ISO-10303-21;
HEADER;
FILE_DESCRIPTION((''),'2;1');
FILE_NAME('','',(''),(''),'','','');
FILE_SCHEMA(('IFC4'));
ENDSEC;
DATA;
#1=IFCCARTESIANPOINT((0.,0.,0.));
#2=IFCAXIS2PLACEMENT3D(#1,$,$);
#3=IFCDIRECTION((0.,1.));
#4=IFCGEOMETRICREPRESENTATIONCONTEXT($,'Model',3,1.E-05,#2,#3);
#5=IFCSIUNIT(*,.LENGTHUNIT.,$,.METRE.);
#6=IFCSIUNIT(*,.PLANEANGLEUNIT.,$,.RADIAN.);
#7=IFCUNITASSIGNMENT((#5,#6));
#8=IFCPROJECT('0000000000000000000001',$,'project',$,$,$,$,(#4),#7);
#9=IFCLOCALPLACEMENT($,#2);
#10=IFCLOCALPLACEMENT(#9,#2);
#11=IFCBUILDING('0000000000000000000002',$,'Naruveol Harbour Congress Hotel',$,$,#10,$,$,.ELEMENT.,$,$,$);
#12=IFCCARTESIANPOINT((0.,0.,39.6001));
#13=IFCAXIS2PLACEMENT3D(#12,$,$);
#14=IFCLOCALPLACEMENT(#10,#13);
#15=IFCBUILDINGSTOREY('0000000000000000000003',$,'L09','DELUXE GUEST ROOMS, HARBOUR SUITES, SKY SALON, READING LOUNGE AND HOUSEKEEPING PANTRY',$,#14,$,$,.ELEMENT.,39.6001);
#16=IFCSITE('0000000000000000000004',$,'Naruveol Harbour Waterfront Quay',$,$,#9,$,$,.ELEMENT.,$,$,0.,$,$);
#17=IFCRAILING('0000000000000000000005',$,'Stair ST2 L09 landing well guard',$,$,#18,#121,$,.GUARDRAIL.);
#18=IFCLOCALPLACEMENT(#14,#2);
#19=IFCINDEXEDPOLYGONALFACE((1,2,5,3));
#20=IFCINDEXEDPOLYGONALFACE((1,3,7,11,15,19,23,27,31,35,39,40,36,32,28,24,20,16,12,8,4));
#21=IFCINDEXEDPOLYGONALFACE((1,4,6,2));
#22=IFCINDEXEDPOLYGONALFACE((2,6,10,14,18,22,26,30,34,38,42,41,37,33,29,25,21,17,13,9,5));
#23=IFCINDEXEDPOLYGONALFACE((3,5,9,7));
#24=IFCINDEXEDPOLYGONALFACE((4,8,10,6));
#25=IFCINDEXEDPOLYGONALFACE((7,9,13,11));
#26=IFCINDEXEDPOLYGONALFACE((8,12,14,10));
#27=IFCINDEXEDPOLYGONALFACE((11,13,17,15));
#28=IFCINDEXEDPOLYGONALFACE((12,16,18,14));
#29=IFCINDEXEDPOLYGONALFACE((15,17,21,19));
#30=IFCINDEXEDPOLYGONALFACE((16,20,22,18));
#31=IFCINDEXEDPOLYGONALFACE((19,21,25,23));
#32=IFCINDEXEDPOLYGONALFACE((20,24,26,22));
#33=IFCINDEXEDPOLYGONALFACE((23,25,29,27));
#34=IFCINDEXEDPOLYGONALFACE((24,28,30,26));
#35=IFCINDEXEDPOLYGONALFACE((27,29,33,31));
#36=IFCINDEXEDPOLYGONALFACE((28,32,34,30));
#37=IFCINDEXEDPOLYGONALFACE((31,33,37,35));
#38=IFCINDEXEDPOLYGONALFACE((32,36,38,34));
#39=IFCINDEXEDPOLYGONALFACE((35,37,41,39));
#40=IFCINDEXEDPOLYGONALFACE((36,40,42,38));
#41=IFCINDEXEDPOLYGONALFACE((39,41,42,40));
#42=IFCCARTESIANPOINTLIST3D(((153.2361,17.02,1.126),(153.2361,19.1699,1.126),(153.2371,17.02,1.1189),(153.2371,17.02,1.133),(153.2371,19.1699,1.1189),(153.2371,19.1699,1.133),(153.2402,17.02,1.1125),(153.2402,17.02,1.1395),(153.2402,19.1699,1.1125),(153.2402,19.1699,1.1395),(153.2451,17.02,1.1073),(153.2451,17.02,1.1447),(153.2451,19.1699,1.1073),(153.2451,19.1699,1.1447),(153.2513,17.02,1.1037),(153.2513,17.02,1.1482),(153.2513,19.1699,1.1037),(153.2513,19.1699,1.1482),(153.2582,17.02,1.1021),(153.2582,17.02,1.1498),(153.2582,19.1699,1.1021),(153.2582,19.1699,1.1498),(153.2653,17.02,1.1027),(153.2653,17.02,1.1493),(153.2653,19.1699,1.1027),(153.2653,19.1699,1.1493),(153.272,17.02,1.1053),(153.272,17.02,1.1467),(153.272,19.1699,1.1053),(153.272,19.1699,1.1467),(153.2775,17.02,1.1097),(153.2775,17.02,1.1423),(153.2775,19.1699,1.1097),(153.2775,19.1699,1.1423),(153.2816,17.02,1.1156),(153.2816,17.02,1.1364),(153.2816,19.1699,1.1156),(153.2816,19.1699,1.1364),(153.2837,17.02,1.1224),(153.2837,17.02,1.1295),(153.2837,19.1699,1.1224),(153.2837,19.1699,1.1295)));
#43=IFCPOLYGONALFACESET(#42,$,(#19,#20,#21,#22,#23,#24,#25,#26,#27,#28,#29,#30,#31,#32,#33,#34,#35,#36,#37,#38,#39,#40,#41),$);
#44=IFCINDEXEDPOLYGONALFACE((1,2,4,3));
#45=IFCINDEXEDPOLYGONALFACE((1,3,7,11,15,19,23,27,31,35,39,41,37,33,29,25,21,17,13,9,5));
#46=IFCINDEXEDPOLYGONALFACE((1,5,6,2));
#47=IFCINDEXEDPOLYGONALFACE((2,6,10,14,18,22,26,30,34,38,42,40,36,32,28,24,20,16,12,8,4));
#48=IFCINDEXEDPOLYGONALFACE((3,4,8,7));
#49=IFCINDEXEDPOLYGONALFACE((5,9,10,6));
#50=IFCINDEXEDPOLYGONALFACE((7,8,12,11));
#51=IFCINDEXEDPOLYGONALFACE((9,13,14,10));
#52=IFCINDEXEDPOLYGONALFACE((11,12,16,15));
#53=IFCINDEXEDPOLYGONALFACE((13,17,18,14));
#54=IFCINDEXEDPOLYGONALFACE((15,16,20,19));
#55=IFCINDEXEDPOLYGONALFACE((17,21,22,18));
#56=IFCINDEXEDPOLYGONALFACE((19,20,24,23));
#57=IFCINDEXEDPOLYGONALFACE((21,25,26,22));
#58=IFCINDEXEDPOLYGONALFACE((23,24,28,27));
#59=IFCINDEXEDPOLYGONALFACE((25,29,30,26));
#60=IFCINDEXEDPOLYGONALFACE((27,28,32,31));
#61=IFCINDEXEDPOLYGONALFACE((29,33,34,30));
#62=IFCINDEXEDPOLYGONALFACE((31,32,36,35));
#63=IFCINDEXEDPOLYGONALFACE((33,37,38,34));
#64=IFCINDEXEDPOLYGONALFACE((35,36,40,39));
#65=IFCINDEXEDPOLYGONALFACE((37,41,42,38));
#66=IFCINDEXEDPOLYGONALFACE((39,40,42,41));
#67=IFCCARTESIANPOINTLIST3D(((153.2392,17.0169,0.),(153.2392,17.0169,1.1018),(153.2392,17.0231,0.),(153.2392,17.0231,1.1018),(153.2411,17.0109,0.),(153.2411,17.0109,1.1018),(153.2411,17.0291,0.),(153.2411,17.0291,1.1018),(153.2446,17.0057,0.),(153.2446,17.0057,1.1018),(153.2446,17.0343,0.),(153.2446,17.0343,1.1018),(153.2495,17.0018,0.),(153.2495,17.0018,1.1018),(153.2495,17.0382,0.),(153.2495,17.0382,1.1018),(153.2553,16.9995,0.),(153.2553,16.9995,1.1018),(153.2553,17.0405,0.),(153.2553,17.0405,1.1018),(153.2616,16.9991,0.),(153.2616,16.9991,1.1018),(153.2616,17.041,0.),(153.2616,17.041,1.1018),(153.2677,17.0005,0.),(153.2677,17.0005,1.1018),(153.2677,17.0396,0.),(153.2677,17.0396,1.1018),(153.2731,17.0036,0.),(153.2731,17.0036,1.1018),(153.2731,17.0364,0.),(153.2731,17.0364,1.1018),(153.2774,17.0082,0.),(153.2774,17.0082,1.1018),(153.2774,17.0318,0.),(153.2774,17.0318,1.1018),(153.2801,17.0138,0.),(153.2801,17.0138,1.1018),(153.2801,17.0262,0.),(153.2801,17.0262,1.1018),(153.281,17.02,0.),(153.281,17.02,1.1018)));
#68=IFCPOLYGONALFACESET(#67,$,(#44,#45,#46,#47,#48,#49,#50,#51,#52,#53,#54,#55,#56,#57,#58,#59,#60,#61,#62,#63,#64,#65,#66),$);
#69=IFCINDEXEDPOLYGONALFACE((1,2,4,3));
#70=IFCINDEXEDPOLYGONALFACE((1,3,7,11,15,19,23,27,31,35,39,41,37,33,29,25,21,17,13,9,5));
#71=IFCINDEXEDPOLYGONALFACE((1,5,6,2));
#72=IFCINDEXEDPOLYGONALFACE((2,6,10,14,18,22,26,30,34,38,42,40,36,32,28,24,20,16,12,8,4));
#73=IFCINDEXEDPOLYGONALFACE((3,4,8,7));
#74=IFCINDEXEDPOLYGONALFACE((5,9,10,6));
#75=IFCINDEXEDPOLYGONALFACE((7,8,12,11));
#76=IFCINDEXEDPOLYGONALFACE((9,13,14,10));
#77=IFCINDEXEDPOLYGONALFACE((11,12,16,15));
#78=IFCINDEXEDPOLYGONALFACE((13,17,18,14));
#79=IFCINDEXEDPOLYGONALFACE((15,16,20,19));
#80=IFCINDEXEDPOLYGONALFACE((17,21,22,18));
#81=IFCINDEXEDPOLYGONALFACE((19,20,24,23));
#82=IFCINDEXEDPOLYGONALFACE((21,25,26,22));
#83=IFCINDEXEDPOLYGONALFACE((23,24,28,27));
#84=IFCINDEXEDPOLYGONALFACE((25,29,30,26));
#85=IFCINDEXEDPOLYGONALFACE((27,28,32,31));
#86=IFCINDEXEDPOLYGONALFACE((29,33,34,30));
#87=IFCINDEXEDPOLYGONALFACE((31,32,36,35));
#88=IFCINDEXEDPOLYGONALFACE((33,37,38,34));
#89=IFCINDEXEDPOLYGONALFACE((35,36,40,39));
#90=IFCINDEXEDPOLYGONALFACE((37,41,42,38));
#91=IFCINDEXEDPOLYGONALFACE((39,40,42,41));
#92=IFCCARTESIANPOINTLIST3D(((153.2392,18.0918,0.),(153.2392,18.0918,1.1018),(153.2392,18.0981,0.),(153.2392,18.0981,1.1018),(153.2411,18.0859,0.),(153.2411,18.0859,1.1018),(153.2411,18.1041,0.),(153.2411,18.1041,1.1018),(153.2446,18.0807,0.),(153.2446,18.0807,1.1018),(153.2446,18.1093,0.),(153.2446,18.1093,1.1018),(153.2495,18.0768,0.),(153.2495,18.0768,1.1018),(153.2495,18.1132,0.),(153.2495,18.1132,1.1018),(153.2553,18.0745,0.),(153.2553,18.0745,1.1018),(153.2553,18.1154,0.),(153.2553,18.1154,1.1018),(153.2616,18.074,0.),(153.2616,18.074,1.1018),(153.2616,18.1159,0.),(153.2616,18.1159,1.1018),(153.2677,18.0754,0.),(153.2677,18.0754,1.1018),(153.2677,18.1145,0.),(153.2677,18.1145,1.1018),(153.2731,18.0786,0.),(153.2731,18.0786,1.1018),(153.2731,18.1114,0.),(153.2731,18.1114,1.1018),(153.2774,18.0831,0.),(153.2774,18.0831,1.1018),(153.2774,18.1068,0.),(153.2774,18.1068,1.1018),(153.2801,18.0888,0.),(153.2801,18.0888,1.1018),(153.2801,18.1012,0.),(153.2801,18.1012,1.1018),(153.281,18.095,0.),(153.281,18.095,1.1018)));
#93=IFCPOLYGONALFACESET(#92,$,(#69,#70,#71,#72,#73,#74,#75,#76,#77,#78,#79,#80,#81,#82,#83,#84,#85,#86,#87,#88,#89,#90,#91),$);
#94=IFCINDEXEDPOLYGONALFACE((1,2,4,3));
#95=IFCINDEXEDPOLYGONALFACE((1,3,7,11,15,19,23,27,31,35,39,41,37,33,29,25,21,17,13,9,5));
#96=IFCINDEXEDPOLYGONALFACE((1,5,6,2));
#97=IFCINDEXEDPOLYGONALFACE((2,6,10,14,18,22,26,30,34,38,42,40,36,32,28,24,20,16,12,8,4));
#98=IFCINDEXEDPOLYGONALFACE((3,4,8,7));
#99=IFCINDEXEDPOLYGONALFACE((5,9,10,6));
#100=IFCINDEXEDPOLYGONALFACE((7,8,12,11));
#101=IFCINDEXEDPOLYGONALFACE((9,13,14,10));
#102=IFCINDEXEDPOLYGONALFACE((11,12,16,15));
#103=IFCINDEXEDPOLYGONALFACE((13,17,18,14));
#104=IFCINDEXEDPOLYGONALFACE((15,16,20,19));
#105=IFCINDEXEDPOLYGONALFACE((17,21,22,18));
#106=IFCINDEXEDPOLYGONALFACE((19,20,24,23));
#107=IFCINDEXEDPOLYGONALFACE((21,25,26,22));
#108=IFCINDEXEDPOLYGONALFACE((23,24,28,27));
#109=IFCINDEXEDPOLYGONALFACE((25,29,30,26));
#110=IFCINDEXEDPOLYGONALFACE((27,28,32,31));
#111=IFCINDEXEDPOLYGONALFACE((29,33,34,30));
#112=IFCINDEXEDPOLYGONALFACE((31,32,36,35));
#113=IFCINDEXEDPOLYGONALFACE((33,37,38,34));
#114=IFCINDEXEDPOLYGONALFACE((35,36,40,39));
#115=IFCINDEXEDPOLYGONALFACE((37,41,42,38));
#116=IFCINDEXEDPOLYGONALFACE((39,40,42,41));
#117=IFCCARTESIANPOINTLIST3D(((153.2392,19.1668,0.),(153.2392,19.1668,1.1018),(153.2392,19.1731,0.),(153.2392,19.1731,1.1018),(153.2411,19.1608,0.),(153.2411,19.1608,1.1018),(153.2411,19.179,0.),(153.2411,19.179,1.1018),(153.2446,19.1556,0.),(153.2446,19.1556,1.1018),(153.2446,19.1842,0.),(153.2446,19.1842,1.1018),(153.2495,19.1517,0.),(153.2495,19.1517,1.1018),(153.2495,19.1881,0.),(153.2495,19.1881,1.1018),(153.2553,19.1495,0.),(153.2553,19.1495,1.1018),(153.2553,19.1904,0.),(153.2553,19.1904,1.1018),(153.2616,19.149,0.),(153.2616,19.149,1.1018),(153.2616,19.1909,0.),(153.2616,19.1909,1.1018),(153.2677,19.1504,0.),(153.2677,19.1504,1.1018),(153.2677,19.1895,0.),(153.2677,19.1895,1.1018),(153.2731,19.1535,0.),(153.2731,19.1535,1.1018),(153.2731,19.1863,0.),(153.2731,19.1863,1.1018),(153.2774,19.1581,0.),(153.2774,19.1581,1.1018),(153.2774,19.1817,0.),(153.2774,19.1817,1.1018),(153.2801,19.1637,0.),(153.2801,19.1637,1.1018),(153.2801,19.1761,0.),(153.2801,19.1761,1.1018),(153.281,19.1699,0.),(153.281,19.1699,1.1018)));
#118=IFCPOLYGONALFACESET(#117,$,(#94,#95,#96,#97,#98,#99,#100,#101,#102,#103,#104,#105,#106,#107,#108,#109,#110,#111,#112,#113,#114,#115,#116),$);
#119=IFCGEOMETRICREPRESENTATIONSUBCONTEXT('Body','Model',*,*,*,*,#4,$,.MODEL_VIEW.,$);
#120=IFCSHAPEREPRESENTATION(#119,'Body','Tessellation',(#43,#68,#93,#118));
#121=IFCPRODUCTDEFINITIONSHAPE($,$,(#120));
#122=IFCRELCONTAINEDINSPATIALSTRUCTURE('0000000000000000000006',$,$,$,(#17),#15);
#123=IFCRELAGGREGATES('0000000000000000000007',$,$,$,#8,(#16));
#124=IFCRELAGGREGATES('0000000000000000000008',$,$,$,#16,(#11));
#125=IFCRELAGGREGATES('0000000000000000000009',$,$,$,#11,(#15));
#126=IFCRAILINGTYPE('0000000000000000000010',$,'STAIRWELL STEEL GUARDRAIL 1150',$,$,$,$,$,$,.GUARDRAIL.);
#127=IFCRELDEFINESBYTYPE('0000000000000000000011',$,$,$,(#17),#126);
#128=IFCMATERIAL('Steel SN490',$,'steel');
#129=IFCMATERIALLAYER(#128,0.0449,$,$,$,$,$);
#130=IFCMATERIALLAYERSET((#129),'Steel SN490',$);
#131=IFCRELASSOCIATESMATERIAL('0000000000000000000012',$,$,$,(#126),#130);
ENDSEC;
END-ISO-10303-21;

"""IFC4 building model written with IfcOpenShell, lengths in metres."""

from ifc_helpers import new_model, si_unit, direction, frame, origin, origin_2d, place, context, subcontext, project, spatial, circle, extrude, material, layer, layer_set, type_object, element, save


model = new_model("IFC4")

# Units and contexts
model_context = context("Model", 3, precision=1e-05, world=origin(), true_north=direction((0.0, 1.0)))
body_context = subcontext(model_context, "Body", "Model", "MODEL_VIEW")
ifc_project = project(units=[si_unit("LENGTHUNIT", "METRE"), si_unit("PLANEANGLEUNIT", "RADIAN")], contexts=[model_context])

# Site, building, storey
site_placement = place(None, origin())
site = spatial("IfcSite", under=ifc_project, at=site_placement, Name="Naruveol Harbour Waterfront Quay", CompositionType="ELEMENT", RefElevation=0.0)
building_placement = place(site_placement, origin())
building = spatial("IfcBuilding", under=site, at=building_placement, Name="Naruveol Harbour Congress Hotel", CompositionType="ELEMENT")
storey_placement = place(building_placement, frame((0.0, 0.0, 39.6001)))
storey = spatial("IfcBuildingStorey", under=building, at=storey_placement, Name="L09", Description="DELUXE GUEST ROOMS, HARBOUR SUITES, SKY SALON, READING LOUNGE AND HOUSEKEEPING PANTRY", CompositionType="ELEMENT", Elevation=39.6001)

# Railing
ifc_material_1 = material(Name="Steel SN490", Category="steel")
ifc_layer_1 = layer(ifc_material_1, 0.0449)
ifc_layer_set_1 = layer_set([ifc_layer_1], Name="Steel SN490")
railing_type_1 = type_object("IfcRailingType", Name="STAIRWELL STEEL GUARDRAIL 1150", PredefinedType="GUARDRAIL", material=ifc_layer_set_1)
railing_1_placement = place(storey_placement, frame((153.26, 17.02, 0.0)))
element("IfcRailing", 1, at=railing_1_placement, inside=storey, type_object=railing_type_1, Name="Stair ST2 L09 landing well guard", PredefinedType="GUARDRAIL", context=body_context, shape_type="SweptSolid", body=[
    extrude(circle(Radius=0.0239, at=origin_2d()), frame((0.0, 0.0, 1.126), z_axis=(0.0, 1.0, 0.0), x_axis=(-1.0, 0.0, 0.0)), (0.0, 0.0, 1.0), 2.1499),
    extrude(circle(Radius=0.021, at=origin_2d()), origin(), (0.0, 0.0, 1.0), 1.1018),
    extrude(circle(Radius=0.021, at=origin_2d()), frame((0.0, 1.075, 0.0)), (0.0, 0.0, 1.0), 1.1018),
    extrude(circle(Radius=0.021, at=origin_2d()), frame((0.0, 2.1499, 0.0)), (0.0, 0.0, 1.0), 1.1018),
])

save(model, "model.ifc")
